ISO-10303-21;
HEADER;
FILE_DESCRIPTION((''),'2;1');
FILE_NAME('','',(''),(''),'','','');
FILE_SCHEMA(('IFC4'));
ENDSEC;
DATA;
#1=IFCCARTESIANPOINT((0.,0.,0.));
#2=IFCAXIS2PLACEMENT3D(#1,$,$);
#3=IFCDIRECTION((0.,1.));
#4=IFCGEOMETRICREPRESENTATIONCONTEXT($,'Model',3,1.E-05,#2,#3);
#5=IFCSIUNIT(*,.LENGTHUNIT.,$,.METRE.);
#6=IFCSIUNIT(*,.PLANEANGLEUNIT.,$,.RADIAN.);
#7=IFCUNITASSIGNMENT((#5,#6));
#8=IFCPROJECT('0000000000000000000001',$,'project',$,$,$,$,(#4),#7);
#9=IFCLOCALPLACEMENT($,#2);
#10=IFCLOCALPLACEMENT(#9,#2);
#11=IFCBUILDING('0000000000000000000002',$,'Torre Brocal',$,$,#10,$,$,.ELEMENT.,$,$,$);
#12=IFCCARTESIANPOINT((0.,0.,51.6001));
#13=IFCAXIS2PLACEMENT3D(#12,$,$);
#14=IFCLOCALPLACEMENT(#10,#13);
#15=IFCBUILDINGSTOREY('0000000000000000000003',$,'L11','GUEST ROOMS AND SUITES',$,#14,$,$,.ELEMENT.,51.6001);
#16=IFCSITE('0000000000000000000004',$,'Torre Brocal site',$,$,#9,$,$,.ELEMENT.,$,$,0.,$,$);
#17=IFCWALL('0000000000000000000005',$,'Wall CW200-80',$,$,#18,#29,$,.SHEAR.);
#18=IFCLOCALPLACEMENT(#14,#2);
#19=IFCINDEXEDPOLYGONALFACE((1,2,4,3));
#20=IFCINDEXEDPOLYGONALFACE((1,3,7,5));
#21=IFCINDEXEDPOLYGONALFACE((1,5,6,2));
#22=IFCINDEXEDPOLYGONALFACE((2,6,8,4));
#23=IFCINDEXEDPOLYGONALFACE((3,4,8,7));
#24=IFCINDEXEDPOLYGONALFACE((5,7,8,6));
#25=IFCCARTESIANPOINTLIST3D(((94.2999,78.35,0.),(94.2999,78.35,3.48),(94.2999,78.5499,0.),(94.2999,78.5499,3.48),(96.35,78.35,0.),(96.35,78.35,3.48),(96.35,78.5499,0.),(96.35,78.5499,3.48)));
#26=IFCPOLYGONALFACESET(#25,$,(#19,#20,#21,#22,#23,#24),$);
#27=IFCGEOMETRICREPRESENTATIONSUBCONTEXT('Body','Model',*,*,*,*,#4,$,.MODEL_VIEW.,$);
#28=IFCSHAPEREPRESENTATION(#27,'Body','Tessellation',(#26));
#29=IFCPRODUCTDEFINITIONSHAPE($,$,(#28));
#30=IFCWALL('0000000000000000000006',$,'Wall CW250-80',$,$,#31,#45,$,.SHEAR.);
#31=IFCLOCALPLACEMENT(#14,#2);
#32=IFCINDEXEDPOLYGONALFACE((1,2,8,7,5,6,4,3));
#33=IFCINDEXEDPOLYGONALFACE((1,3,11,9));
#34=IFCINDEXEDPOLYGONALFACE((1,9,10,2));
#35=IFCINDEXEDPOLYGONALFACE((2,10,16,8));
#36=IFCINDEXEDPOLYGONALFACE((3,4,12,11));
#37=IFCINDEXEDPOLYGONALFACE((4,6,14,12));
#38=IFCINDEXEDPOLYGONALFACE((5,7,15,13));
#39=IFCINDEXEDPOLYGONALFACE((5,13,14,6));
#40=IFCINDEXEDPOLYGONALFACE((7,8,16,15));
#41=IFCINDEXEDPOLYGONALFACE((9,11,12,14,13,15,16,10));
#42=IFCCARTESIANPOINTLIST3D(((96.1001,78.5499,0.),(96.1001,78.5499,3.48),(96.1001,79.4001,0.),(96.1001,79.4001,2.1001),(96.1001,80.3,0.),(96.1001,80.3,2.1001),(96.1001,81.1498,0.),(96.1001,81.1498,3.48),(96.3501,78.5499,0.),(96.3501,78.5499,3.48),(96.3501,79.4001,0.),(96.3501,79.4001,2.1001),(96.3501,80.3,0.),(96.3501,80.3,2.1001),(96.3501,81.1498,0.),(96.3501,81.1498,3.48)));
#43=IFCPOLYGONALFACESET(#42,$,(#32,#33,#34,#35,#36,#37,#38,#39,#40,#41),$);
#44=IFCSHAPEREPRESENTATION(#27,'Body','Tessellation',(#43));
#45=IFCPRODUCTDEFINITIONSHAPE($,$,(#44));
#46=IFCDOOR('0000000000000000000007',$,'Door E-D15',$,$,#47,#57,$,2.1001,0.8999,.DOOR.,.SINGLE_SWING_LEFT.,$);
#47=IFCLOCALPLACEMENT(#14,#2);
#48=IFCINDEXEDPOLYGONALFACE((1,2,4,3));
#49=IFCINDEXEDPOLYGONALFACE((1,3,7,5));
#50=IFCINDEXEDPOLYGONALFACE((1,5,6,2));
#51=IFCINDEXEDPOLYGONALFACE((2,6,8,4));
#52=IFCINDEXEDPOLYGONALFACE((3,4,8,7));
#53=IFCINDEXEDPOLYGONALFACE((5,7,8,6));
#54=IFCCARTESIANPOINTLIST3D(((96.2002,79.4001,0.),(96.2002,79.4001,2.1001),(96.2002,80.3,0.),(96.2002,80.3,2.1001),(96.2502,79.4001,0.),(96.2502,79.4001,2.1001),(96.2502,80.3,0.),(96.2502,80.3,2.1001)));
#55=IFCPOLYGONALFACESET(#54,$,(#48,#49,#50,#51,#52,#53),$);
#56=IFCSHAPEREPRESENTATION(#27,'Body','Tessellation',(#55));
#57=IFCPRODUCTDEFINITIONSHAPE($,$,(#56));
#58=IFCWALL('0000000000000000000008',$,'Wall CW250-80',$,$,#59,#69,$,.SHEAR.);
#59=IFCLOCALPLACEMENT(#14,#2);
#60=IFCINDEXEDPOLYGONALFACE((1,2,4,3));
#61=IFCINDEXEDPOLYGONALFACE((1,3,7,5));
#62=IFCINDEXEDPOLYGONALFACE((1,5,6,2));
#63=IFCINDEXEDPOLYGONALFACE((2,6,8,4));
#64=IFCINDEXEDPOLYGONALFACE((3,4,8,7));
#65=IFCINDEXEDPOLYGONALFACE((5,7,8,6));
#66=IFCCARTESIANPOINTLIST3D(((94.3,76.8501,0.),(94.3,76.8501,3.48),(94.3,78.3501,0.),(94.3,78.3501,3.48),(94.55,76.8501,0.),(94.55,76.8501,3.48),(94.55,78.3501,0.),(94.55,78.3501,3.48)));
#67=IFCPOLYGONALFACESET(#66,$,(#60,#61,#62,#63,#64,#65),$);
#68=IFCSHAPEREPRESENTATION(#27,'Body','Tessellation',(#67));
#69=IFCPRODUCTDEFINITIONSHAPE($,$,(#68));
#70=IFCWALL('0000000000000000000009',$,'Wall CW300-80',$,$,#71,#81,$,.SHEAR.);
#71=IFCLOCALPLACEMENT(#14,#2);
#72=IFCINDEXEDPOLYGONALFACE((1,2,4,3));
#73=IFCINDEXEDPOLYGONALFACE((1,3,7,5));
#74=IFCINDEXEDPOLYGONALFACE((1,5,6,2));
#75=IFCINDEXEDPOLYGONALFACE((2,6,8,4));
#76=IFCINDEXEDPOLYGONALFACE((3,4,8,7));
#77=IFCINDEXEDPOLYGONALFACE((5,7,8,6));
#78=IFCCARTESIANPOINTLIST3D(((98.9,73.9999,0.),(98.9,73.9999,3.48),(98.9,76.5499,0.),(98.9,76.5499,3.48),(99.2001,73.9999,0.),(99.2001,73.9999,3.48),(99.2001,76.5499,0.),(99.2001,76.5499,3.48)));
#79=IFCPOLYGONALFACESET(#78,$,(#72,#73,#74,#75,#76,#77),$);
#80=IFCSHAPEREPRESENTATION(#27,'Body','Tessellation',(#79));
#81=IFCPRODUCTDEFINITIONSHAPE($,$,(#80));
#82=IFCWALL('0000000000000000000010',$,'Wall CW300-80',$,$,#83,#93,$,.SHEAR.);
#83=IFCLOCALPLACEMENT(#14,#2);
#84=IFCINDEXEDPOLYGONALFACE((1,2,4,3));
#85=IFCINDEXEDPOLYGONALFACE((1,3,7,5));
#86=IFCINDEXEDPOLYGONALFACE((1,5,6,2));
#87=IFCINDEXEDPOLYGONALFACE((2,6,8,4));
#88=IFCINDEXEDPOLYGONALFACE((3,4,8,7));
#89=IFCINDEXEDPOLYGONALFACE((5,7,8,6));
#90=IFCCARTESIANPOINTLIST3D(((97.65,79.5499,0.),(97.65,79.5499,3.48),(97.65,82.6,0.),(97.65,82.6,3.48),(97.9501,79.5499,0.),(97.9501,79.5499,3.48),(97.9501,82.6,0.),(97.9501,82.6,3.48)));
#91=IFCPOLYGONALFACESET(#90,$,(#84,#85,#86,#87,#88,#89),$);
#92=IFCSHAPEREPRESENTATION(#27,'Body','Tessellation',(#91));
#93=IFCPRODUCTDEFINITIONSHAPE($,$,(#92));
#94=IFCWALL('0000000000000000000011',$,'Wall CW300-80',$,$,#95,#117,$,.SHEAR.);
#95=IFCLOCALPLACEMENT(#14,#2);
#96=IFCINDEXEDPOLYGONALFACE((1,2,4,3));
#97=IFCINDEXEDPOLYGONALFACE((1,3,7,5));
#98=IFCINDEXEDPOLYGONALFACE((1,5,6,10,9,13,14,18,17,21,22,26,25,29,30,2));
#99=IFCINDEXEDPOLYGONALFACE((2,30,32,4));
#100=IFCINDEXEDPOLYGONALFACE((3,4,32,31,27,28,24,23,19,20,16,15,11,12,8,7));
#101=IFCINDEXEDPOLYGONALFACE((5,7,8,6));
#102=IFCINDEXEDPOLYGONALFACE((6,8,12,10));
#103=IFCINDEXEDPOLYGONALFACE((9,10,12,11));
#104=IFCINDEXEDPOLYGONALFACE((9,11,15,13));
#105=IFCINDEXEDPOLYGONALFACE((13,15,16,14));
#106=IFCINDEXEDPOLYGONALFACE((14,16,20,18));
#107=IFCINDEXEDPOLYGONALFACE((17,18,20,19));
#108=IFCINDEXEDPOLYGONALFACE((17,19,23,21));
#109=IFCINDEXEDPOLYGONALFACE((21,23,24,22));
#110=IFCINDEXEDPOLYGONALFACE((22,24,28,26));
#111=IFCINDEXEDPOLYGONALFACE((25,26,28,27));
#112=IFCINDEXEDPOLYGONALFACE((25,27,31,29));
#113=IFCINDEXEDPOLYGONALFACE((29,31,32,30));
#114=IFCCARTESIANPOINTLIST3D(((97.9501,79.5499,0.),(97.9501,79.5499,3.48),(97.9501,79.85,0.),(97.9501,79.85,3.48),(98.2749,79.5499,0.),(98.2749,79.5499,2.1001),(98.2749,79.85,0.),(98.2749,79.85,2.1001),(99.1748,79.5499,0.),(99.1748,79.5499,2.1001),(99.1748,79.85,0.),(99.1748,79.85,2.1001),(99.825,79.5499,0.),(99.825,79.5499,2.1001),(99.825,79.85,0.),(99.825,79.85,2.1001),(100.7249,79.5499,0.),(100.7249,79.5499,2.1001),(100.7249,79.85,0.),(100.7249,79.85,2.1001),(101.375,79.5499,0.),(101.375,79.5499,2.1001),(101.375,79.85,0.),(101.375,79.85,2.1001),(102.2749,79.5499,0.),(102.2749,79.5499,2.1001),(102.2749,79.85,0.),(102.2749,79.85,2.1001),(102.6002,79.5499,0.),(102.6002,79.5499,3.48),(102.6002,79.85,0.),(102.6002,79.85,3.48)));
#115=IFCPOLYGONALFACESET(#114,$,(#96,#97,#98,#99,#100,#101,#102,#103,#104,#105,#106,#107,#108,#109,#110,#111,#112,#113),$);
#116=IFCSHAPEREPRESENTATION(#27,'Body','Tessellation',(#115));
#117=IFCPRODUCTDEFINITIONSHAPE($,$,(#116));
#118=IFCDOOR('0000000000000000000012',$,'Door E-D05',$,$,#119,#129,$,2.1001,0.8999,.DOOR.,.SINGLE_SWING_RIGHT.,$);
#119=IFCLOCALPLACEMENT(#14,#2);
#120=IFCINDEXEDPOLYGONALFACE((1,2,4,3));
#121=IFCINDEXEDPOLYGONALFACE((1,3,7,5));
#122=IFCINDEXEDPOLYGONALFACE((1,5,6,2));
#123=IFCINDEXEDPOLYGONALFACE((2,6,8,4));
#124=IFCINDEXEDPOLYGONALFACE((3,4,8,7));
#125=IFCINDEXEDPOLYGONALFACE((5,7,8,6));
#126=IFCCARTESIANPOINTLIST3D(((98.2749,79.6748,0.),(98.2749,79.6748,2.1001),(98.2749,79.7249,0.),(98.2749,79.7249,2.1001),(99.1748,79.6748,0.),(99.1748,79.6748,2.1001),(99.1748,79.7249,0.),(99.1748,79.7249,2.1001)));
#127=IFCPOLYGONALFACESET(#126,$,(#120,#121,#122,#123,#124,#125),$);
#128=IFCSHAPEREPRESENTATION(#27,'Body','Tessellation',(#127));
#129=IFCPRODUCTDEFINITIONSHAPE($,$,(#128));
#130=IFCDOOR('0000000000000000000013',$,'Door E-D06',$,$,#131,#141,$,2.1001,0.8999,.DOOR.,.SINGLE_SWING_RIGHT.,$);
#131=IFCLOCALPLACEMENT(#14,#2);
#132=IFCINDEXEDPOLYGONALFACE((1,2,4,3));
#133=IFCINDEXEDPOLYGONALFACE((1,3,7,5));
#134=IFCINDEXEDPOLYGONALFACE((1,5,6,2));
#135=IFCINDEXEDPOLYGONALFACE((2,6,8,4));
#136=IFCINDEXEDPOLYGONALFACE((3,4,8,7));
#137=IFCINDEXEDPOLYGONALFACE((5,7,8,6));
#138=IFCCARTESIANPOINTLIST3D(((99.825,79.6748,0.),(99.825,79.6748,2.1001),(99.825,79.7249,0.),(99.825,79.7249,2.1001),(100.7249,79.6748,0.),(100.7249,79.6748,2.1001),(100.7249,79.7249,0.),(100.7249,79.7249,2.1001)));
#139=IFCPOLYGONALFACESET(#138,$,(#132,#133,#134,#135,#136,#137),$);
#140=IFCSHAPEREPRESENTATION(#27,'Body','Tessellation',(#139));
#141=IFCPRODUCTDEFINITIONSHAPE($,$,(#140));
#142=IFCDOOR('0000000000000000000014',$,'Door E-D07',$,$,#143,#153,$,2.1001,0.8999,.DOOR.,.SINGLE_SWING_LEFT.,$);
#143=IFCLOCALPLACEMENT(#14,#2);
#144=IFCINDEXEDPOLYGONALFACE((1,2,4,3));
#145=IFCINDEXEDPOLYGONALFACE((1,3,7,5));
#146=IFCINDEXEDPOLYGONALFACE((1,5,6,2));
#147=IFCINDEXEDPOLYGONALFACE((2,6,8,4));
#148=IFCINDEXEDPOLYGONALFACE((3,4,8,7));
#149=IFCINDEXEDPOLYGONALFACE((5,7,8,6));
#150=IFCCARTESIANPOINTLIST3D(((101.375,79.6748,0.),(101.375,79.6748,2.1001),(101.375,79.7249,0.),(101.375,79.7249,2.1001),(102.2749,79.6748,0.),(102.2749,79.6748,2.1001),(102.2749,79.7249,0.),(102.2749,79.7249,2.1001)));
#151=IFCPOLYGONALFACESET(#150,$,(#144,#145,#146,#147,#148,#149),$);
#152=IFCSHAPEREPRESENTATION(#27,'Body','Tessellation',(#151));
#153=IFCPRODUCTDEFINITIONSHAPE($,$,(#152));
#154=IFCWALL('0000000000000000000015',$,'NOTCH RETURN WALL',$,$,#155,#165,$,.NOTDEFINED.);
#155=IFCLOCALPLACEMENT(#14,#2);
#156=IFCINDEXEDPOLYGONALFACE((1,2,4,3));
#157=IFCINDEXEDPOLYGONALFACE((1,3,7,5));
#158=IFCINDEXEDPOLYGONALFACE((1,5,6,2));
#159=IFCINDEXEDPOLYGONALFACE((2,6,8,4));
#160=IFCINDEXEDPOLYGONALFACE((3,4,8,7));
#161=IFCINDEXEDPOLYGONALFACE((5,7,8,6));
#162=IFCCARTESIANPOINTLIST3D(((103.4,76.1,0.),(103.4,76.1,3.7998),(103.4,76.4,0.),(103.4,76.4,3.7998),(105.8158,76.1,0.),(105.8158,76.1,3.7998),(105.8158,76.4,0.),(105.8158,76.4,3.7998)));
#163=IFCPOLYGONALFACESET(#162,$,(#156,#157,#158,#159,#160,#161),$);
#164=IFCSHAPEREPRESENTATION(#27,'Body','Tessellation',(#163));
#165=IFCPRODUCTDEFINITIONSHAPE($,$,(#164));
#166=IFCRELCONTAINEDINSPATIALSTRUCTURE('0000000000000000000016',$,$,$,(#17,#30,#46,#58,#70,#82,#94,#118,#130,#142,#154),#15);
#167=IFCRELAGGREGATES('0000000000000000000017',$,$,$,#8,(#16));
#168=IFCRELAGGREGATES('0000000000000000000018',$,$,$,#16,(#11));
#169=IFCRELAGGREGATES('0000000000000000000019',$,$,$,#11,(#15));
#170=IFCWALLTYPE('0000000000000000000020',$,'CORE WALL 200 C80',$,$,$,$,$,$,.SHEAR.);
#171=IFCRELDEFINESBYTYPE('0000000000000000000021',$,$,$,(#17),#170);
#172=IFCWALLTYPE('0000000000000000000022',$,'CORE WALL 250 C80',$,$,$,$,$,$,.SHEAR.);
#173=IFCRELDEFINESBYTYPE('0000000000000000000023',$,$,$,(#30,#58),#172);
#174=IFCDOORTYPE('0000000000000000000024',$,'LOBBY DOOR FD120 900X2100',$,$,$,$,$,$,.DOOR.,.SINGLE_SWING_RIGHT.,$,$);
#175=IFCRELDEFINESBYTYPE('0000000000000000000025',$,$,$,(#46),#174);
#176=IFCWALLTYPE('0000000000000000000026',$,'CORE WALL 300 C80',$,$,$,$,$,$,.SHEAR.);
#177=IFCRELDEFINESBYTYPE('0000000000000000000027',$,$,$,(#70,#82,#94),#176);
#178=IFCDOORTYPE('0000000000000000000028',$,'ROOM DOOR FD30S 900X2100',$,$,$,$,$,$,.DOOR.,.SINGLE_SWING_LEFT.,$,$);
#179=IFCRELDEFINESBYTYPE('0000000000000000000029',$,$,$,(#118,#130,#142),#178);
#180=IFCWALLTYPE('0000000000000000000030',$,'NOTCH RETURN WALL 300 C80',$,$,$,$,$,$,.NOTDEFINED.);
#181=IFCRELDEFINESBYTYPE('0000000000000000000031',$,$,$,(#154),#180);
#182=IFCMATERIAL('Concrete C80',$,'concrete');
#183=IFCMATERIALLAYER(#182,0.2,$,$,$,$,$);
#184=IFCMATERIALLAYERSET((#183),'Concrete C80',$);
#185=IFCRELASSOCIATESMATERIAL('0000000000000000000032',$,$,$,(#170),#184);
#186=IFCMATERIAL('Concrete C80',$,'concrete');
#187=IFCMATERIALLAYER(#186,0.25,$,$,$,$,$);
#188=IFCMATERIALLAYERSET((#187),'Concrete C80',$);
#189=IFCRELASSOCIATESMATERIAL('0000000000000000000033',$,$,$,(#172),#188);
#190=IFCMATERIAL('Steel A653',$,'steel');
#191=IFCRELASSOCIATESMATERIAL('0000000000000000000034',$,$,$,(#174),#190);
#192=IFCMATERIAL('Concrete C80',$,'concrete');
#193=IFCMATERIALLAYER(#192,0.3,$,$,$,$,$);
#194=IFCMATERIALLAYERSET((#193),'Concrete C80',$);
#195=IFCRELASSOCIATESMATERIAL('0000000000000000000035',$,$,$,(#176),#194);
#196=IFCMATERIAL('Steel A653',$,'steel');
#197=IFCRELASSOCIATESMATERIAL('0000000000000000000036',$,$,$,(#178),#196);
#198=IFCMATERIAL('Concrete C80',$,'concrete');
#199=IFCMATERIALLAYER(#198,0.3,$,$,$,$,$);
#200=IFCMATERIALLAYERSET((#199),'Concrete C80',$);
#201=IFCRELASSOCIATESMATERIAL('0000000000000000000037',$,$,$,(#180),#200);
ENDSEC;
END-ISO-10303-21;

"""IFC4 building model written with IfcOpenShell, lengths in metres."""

from ifc_helpers import new_model, si_unit, direction, frame, frame_2d, origin, place, context, subcontext, project, spatial, rectangle, extrude, material, layer, layer_set, type_object, element, fill, save


model = new_model("IFC4")

# Units and contexts
model_context = context("Model", 3, precision=1e-05, world=origin(), true_north=direction((0.0, 1.0)))
body_context = subcontext(model_context, "Body", "Model", "MODEL_VIEW")
ifc_project = project(units=[si_unit("LENGTHUNIT", "METRE"), si_unit("PLANEANGLEUNIT", "RADIAN")], contexts=[model_context])

# Site, building, storey
site_placement = place(None, origin())
site = spatial("IfcSite", under=ifc_project, at=site_placement, Name="Torre Brocal site", CompositionType="ELEMENT", RefElevation=0.0)
building_placement = place(site_placement, origin())
building = spatial("IfcBuilding", under=site, at=building_placement, Name="Torre Brocal", CompositionType="ELEMENT")
storey_placement = place(building_placement, frame((0.0, 0.0, 51.6001)))
storey = spatial("IfcBuildingStorey", under=building, at=storey_placement, Name="L11", Description="GUEST ROOMS AND SUITES", CompositionType="ELEMENT", Elevation=51.6001)

# Wall
ifc_material_1 = material(Name="Concrete C80", Category="concrete")
ifc_layer_1 = layer(ifc_material_1, 0.2)
ifc_layer_set_1 = layer_set([ifc_layer_1], Name="Concrete C80")
wall_type_1 = type_object("IfcWallType", Name="CORE WALL 200 C80", PredefinedType="SHEAR", material=ifc_layer_set_1)
wall_1_placement = place(storey_placement, frame((94.3, 78.45, 0.0), z_axis=(0.0, 0.0, 1.0), x_axis=(1.0, 0.0, 0.0)))
element("IfcWall", 1, at=wall_1_placement, inside=storey, type_object=wall_type_1, Name="Wall CW200-80", PredefinedType="SHEAR", context=body_context, shape_type="SweptSolid", body=[
    extrude(rectangle(XDim=2.05, YDim=0.2, at=frame_2d((1.0249, 0.0))), origin(), (0.0, 0.0, 1.0), 3.48),
])

# Wall, opening, door
ifc_material_2 = material(Name="Concrete C80", Category="concrete")
ifc_layer_2 = layer(ifc_material_2, 0.25)
ifc_layer_set_2 = layer_set([ifc_layer_2], Name="Concrete C80")
wall_type_2 = type_object("IfcWallType", Name="CORE WALL 250 C80", PredefinedType="SHEAR", material=ifc_layer_set_2)
wall_2_placement = place(storey_placement, frame((96.2251, 78.55, 0.0), z_axis=(0.0, 0.0, 1.0), x_axis=(0.0, 1.0, 0.0)))
wall_2 = element("IfcWall", 2, at=wall_2_placement, inside=storey, type_object=wall_type_2, Name="Wall CW250-80", PredefinedType="SHEAR", context=body_context, shape_type="SweptSolid", body=[
    extrude(rectangle(XDim=2.5999, YDim=0.25, at=frame_2d((1.2998, 0.0))), origin(), (0.0, 0.0, 1.0), 3.48),
])
opening_1_placement = place(wall_2_placement, frame((0.8501, 0.0, 0.0)))
opening_1 = element("IfcOpeningElement", 3, at=opening_1_placement, cuts=wall_2, PredefinedType="OPENING", context=body_context, shape_type="SweptSolid", body=[
    extrude(rectangle(XDim=0.8999, YDim=2.1001, at=frame_2d((0.45, 1.05))), frame((0.0, 0.135, 0.0), z_axis=(0.0, -1.0, 0.0), x_axis=(1.0, 0.0, 0.0)), (0.0, 0.0, 1.0), 0.27),
])
ifc_material_3 = material(Name="Steel A653", Category="steel")
door_type_1 = type_object("IfcDoorType", Name="LOBBY DOOR FD120 900X2100", OperationType="SINGLE_SWING_RIGHT", PredefinedType="DOOR", material=ifc_material_3)
door_1_placement = place(opening_1_placement, origin())
door_1 = element("IfcDoor", 4, at=door_1_placement, inside=storey, type_object=door_type_1, Name="Door E-D15", OperationType="SINGLE_SWING_LEFT", OverallHeight=2.1001, OverallWidth=0.8999, PredefinedType="DOOR", context=body_context, shape_type="SweptSolid", body=[
    extrude(rectangle(XDim=0.8999, YDim=2.1001, at=frame_2d((0.45, 1.05))), frame((0.0, 0.0249, 0.0), z_axis=(0.0, -1.0, 0.0), x_axis=(1.0, 0.0, 0.0)), (0.0, 0.0, 1.0), 0.05),
])
fill(opening_1, door_1)

# Walls
wall_3_placement = place(storey_placement, frame((94.425, 76.8501, 0.0), z_axis=(0.0, 0.0, 1.0), x_axis=(0.0, 1.0, 0.0)))
element("IfcWall", 5, at=wall_3_placement, inside=storey, type_object=wall_type_2, Name="Wall CW250-80", PredefinedType="SHEAR", context=body_context, shape_type="SweptSolid", body=[
    extrude(rectangle(XDim=1.5, YDim=0.25, at=frame_2d((0.75, 0.0))), origin(), (0.0, 0.0, 1.0), 3.48),
])
ifc_material_4 = material(Name="Concrete C80", Category="concrete")
ifc_layer_3 = layer(ifc_material_4, 0.3)
ifc_layer_set_3 = layer_set([ifc_layer_3], Name="Concrete C80")
wall_type_3 = type_object("IfcWallType", Name="CORE WALL 300 C80", PredefinedType="SHEAR", material=ifc_layer_set_3)
wall_4_placement = place(storey_placement, frame((99.05, 74.0, 0.0), z_axis=(0.0, 0.0, 1.0), x_axis=(0.0, 1.0, 0.0)))
element("IfcWall", 6, at=wall_4_placement, inside=storey, type_object=wall_type_3, Name="Wall CW300-80", PredefinedType="SHEAR", context=body_context, shape_type="SweptSolid", body=[
    extrude(rectangle(XDim=2.55, YDim=0.3, at=frame_2d((1.2749, 0.0))), origin(), (0.0, 0.0, 1.0), 3.48),
])
wall_5_placement = place(storey_placement, frame((97.8, 79.55, 0.0), z_axis=(0.0, 0.0, 1.0), x_axis=(0.0, 1.0, 0.0)))
element("IfcWall", 7, at=wall_5_placement, inside=storey, type_object=wall_type_3, Name="Wall CW300-80", PredefinedType="SHEAR", context=body_context, shape_type="SweptSolid", body=[
    extrude(rectangle(XDim=3.05, YDim=0.3, at=frame_2d((1.5249, 0.0))), origin(), (0.0, 0.0, 1.0), 3.48),
])

# Wall, openings, doors
wall_6_placement = place(storey_placement, frame((97.95, 79.7, 0.0), z_axis=(0.0, 0.0, 1.0), x_axis=(1.0, 0.0, 0.0)))
wall_6 = element("IfcWall", 8, at=wall_6_placement, inside=storey, type_object=wall_type_3, Name="Wall CW300-80", PredefinedType="SHEAR", context=body_context, shape_type="SweptSolid", body=[
    extrude(rectangle(XDim=4.6501, YDim=0.3, at=frame_2d((2.3252, 0.0))), origin(), (0.0, 0.0, 1.0), 3.48),
])
opening_2_placement = place(wall_6_placement, frame((0.325, 0.0, 0.0)))
opening_2 = element("IfcOpeningElement", 9, at=opening_2_placement, cuts=wall_6, PredefinedType="OPENING", context=body_context, shape_type="SweptSolid", body=[
    extrude(rectangle(XDim=0.8999, YDim=2.1001, at=frame_2d((0.45, 1.05))), frame((0.0, 0.1599, 0.0), z_axis=(0.0, -1.0, 0.0), x_axis=(1.0, 0.0, 0.0)), (0.0, 0.0, 1.0), 0.3201),
])
opening_3_placement = place(wall_6_placement, frame((1.875, 0.0, 0.0)))
opening_3 = element("IfcOpeningElement", 10, at=opening_3_placement, cuts=wall_6, PredefinedType="OPENING", context=body_context, shape_type="SweptSolid", body=[
    extrude(rectangle(XDim=0.8999, YDim=2.1001, at=frame_2d((0.45, 1.05))), frame((0.0, 0.1599, 0.0), z_axis=(0.0, -1.0, 0.0), x_axis=(1.0, 0.0, 0.0)), (0.0, 0.0, 1.0), 0.3201),
])
opening_4_placement = place(wall_6_placement, frame((3.425, 0.0, 0.0)))
opening_4 = element("IfcOpeningElement", 11, at=opening_4_placement, cuts=wall_6, PredefinedType="OPENING", context=body_context, shape_type="SweptSolid", body=[
    extrude(rectangle(XDim=0.8999, YDim=2.1001, at=frame_2d((0.45, 1.05))), frame((0.0, 0.1599, 0.0), z_axis=(0.0, -1.0, 0.0), x_axis=(1.0, 0.0, 0.0)), (0.0, 0.0, 1.0), 0.3201),
])
ifc_material_5 = material(Name="Steel A653", Category="steel")
door_type_2 = type_object("IfcDoorType", Name="ROOM DOOR FD30S 900X2100", OperationType="SINGLE_SWING_LEFT", PredefinedType="DOOR", material=ifc_material_5)
door_2_placement = place(opening_2_placement, origin())
door_2 = element("IfcDoor", 12, at=door_2_placement, inside=storey, type_object=door_type_2, Name="Door E-D05", OperationType="SINGLE_SWING_RIGHT", OverallHeight=2.1001, OverallWidth=0.8999, PredefinedType="DOOR", context=body_context, shape_type="SweptSolid", body=[
    extrude(rectangle(XDim=0.8999, YDim=2.1001, at=frame_2d((0.45, 1.05))), frame((0.0, 0.0249, 0.0), z_axis=(0.0, -1.0, 0.0), x_axis=(1.0, 0.0, 0.0)), (0.0, 0.0, 1.0), 0.05),
])
fill(opening_2, door_2)
door_3_placement = place(opening_3_placement, origin())
door_3 = element("IfcDoor", 13, at=door_3_placement, inside=storey, type_object=door_type_2, Name="Door E-D06", OperationType="SINGLE_SWING_RIGHT", OverallHeight=2.1001, OverallWidth=0.8999, PredefinedType="DOOR", context=body_context, shape_type="SweptSolid", body=[
    extrude(rectangle(XDim=0.8999, YDim=2.1001, at=frame_2d((0.45, 1.05))), frame((0.0, 0.0249, 0.0), z_axis=(0.0, -1.0, 0.0), x_axis=(1.0, 0.0, 0.0)), (0.0, 0.0, 1.0), 0.05),
])
fill(opening_3, door_3)
door_4_placement = place(opening_4_placement, origin())
door_4 = element("IfcDoor", 14, at=door_4_placement, inside=storey, type_object=door_type_2, Name="Door E-D07", OperationType="SINGLE_SWING_LEFT", OverallHeight=2.1001, OverallWidth=0.8999, PredefinedType="DOOR", context=body_context, shape_type="SweptSolid", body=[
    extrude(rectangle(XDim=0.8999, YDim=2.1001, at=frame_2d((0.45, 1.05))), frame((0.0, 0.0249, 0.0), z_axis=(0.0, -1.0, 0.0), x_axis=(1.0, 0.0, 0.0)), (0.0, 0.0, 1.0), 0.05),
])
fill(opening_4, door_4)

# Wall
ifc_material_6 = material(Name="Concrete C80", Category="concrete")
ifc_layer_4 = layer(ifc_material_6, 0.3)
ifc_layer_set_4 = layer_set([ifc_layer_4], Name="Concrete C80")
wall_type_4 = type_object("IfcWallType", Name="NOTCH RETURN WALL 300 C80", PredefinedType="NOTDEFINED", material=ifc_layer_set_4)
wall_7_placement = place(storey_placement, frame((103.3999, 76.25, 0.0), z_axis=(0.0, 0.0, 1.0), x_axis=(1.0, 0.0, 0.0)))
element("IfcWall", 15, at=wall_7_placement, inside=storey, type_object=wall_type_4, Name="NOTCH RETURN WALL", PredefinedType="NOTDEFINED", context=body_context, shape_type="SweptSolid", body=[
    extrude(rectangle(XDim=2.4158, YDim=0.3, at=frame_2d((1.208, 0.0))), origin(), (0.0, 0.0, 1.0), 3.7998),
])

save(model, "model.ifc")
